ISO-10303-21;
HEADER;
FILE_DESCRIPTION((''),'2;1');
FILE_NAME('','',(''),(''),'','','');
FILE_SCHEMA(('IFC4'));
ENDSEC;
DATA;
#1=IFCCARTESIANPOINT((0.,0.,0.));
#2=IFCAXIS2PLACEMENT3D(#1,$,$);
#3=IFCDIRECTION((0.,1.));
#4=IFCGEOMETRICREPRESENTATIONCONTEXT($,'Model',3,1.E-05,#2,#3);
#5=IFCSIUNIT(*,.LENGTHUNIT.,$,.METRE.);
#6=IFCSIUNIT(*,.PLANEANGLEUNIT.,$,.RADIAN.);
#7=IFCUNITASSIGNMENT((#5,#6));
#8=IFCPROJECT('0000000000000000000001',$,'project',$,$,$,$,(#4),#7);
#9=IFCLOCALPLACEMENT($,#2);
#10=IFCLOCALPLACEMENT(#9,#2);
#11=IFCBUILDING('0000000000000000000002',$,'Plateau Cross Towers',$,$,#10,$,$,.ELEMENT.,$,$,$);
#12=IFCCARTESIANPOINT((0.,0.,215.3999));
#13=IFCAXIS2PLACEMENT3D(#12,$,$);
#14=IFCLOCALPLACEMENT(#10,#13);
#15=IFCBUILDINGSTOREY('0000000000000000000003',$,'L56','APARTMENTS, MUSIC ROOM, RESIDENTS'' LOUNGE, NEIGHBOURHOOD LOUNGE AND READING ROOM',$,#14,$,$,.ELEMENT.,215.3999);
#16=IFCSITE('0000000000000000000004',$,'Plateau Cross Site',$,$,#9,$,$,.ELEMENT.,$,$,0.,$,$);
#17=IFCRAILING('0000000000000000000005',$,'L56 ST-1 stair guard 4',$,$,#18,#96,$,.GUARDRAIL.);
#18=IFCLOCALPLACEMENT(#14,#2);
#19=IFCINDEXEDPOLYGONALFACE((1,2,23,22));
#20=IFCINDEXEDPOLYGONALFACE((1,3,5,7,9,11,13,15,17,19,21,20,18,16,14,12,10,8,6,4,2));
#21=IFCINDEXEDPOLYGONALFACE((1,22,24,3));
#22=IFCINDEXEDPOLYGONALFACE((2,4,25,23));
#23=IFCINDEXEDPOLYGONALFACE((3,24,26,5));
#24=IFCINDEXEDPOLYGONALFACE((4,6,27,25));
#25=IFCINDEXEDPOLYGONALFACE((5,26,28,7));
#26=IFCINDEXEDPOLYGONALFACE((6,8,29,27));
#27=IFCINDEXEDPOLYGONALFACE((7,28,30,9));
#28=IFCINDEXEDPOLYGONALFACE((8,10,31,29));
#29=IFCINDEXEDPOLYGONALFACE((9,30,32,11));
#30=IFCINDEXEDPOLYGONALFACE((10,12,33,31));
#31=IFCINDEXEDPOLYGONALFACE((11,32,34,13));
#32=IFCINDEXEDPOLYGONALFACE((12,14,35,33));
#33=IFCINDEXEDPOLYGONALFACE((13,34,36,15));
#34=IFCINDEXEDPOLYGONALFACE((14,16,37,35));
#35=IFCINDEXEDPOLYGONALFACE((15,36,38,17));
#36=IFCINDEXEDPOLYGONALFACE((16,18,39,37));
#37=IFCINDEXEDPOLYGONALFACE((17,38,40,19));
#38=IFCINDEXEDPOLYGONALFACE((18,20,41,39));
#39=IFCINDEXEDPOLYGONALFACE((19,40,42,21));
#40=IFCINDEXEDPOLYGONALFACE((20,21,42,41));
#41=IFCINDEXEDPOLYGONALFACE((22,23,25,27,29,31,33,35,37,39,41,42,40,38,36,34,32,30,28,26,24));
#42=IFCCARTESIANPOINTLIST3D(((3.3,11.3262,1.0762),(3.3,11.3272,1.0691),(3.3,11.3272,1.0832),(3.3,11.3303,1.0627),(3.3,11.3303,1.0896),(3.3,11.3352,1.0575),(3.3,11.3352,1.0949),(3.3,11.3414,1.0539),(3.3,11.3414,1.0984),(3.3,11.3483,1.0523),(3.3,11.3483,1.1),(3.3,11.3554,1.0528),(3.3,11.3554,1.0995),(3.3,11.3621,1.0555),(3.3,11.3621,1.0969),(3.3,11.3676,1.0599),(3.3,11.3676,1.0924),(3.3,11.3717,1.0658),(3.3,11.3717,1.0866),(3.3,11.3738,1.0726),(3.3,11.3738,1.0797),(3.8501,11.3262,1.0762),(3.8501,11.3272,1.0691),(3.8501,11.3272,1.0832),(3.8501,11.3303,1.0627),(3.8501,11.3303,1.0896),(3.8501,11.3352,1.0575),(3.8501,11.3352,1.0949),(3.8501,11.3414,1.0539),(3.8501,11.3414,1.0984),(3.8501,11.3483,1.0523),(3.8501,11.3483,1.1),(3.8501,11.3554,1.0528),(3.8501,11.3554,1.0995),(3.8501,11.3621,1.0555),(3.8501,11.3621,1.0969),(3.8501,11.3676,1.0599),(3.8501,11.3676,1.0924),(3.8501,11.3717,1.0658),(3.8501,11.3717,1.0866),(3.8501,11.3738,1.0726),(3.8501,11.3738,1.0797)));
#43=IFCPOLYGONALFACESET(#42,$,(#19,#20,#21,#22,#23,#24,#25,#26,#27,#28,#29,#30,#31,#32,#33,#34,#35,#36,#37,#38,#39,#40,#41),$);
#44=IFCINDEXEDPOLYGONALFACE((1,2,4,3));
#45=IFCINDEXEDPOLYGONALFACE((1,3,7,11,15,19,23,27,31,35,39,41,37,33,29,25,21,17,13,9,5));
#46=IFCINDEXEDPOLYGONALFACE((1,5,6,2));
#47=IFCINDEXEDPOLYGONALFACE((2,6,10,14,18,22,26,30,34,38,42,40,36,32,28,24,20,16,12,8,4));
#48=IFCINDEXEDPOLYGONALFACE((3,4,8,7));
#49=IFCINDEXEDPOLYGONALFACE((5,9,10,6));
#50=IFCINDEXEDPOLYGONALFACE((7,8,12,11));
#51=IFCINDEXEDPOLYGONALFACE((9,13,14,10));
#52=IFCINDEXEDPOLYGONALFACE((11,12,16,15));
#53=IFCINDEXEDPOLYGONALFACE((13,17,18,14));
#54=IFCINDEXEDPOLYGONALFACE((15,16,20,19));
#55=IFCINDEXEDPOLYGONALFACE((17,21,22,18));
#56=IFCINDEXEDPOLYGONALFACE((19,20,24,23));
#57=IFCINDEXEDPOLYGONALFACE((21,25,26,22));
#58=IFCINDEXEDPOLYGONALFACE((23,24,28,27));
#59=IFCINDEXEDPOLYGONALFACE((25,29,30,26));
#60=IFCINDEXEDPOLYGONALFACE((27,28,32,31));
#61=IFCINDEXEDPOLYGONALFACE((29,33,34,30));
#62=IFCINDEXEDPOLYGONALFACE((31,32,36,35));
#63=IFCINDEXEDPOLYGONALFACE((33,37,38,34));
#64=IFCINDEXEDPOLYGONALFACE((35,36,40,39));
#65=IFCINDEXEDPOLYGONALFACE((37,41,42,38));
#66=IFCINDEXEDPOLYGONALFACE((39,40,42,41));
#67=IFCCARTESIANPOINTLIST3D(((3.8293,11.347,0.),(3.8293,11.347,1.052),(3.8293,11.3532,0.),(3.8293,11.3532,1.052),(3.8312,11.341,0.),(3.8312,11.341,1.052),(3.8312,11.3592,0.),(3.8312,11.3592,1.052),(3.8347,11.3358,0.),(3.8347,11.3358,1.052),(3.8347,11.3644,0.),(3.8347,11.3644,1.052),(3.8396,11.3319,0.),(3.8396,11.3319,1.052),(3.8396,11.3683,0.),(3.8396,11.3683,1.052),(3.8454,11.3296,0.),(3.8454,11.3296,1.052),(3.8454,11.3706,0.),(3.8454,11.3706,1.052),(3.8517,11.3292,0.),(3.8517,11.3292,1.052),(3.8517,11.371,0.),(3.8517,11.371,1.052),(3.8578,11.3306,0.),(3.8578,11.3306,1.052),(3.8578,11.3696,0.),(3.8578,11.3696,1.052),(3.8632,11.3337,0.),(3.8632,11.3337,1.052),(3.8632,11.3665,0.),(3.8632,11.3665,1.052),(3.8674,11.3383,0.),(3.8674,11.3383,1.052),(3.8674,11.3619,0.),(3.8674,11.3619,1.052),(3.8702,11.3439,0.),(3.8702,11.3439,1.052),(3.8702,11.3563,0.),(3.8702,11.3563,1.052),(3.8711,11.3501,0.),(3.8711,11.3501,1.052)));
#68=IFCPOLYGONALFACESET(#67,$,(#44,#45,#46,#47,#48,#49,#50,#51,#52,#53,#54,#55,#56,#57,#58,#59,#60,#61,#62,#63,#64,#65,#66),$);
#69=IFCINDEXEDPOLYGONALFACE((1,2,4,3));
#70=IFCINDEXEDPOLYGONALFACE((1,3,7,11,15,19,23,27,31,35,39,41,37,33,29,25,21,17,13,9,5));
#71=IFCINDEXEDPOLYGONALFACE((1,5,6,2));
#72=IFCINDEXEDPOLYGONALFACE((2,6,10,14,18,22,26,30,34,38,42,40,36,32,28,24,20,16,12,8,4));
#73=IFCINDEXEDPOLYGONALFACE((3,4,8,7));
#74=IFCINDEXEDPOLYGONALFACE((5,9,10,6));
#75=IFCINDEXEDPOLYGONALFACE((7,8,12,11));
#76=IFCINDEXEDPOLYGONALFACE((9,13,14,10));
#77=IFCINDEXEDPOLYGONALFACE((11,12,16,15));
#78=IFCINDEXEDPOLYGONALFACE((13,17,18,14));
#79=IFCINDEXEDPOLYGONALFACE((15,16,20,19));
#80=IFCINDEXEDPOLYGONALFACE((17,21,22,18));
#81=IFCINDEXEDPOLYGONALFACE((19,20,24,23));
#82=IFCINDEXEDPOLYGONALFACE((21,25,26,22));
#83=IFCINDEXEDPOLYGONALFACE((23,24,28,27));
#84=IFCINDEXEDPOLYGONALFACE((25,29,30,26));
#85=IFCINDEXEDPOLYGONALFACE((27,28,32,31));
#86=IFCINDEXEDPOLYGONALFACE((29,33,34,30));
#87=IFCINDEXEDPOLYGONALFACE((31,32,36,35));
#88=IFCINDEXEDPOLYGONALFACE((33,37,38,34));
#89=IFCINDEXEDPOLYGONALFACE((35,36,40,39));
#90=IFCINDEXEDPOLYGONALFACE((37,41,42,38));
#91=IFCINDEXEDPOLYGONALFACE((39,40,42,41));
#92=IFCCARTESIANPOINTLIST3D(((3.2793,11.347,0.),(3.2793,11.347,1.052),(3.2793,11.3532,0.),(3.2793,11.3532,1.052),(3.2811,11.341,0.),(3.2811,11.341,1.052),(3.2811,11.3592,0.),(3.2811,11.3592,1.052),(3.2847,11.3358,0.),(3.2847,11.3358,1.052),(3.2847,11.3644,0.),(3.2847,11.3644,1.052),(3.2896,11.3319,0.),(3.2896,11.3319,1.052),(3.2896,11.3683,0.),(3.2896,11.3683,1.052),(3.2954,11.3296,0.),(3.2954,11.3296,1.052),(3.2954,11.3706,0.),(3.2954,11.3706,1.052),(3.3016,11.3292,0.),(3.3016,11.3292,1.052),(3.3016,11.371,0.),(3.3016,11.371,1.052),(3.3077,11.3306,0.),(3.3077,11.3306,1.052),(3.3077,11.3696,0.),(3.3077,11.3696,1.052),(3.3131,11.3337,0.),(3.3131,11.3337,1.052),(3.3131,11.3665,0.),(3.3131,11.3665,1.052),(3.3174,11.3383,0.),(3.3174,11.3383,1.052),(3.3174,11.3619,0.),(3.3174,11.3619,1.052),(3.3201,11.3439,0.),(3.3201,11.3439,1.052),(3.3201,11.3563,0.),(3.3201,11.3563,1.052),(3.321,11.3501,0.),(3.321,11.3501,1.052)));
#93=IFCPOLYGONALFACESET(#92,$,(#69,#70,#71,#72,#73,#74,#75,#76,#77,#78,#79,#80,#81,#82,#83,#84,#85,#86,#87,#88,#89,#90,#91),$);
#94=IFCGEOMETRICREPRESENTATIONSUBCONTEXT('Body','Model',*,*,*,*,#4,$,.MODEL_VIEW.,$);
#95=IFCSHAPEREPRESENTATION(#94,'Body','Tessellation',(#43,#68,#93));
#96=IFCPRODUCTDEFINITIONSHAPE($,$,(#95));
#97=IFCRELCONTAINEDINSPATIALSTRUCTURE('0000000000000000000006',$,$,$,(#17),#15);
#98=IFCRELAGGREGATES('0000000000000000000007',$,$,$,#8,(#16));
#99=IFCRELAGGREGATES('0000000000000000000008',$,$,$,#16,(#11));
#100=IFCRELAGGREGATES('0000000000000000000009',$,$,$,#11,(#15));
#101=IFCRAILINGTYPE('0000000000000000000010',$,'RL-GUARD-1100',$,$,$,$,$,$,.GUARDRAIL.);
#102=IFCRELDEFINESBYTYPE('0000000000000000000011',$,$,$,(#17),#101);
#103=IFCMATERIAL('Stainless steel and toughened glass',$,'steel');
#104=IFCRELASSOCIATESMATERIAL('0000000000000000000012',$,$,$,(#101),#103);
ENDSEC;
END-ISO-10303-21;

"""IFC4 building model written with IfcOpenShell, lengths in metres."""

from ifc_helpers import new_model, si_unit, direction, frame, origin, origin_2d, place, context, subcontext, project, spatial, circle, extrude, material, type_object, element, save


model = new_model("IFC4")

# Units and contexts
model_context = context("Model", 3, precision=1e-05, world=origin(), true_north=direction((0.0, 1.0)))
body_context = subcontext(model_context, "Body", "Model", "MODEL_VIEW")
ifc_project = project(units=[si_unit("LENGTHUNIT", "METRE"), si_unit("PLANEANGLEUNIT", "RADIAN")], contexts=[model_context])

# Site, building, storey
site_placement = place(None, origin())
site = spatial("IfcSite", under=ifc_project, at=site_placement, Name="Plateau Cross Site", CompositionType="ELEMENT", RefElevation=0.0)
building_placement = place(site_placement, origin())
building = spatial("IfcBuilding", under=site, at=building_placement, Name="Plateau Cross Towers", CompositionType="ELEMENT")
storey_placement = place(building_placement, frame((0.0, 0.0, 215.3999)))
storey = spatial("IfcBuildingStorey", under=building, at=storey_placement, Name="L56", Description="APARTMENTS, MUSIC ROOM, RESIDENTS' LOUNGE, NEIGHBOURHOOD LOUNGE AND READING ROOM", CompositionType="ELEMENT", Elevation=215.3999)

# Railing
ifc_material_1 = material(Name="Stainless steel and toughened glass", Category="steel")
railing_type_1 = type_object("IfcRailingType", Name="RL-GUARD-1100", PredefinedType="GUARDRAIL", material=ifc_material_1)
railing_1_placement = place(storey_placement, frame((3.8501, 11.3501, 0.0)))
element("IfcRailing", 1, at=railing_1_placement, inside=storey, type_object=railing_type_1, Name="L56 ST-1 stair guard 4", PredefinedType="GUARDRAIL", context=body_context, shape_type="SweptSolid", body=[
    extrude(circle(Radius=0.0239, at=origin_2d()), frame((0.0, 0.0, 1.0762), z_axis=(-1.0, 0.0, 0.0), x_axis=(0.0, -1.0, 0.0)), (0.0, 0.0, 1.0), 0.55),
    extrude(circle(Radius=0.021, at=origin_2d()), origin(), (0.0, 0.0, 1.0), 1.052),
    extrude(circle(Radius=0.021, at=origin_2d()), frame((-0.55, 0.0, 0.0)), (0.0, 0.0, 1.0), 1.052),
])

save(model, "model.ifc")
